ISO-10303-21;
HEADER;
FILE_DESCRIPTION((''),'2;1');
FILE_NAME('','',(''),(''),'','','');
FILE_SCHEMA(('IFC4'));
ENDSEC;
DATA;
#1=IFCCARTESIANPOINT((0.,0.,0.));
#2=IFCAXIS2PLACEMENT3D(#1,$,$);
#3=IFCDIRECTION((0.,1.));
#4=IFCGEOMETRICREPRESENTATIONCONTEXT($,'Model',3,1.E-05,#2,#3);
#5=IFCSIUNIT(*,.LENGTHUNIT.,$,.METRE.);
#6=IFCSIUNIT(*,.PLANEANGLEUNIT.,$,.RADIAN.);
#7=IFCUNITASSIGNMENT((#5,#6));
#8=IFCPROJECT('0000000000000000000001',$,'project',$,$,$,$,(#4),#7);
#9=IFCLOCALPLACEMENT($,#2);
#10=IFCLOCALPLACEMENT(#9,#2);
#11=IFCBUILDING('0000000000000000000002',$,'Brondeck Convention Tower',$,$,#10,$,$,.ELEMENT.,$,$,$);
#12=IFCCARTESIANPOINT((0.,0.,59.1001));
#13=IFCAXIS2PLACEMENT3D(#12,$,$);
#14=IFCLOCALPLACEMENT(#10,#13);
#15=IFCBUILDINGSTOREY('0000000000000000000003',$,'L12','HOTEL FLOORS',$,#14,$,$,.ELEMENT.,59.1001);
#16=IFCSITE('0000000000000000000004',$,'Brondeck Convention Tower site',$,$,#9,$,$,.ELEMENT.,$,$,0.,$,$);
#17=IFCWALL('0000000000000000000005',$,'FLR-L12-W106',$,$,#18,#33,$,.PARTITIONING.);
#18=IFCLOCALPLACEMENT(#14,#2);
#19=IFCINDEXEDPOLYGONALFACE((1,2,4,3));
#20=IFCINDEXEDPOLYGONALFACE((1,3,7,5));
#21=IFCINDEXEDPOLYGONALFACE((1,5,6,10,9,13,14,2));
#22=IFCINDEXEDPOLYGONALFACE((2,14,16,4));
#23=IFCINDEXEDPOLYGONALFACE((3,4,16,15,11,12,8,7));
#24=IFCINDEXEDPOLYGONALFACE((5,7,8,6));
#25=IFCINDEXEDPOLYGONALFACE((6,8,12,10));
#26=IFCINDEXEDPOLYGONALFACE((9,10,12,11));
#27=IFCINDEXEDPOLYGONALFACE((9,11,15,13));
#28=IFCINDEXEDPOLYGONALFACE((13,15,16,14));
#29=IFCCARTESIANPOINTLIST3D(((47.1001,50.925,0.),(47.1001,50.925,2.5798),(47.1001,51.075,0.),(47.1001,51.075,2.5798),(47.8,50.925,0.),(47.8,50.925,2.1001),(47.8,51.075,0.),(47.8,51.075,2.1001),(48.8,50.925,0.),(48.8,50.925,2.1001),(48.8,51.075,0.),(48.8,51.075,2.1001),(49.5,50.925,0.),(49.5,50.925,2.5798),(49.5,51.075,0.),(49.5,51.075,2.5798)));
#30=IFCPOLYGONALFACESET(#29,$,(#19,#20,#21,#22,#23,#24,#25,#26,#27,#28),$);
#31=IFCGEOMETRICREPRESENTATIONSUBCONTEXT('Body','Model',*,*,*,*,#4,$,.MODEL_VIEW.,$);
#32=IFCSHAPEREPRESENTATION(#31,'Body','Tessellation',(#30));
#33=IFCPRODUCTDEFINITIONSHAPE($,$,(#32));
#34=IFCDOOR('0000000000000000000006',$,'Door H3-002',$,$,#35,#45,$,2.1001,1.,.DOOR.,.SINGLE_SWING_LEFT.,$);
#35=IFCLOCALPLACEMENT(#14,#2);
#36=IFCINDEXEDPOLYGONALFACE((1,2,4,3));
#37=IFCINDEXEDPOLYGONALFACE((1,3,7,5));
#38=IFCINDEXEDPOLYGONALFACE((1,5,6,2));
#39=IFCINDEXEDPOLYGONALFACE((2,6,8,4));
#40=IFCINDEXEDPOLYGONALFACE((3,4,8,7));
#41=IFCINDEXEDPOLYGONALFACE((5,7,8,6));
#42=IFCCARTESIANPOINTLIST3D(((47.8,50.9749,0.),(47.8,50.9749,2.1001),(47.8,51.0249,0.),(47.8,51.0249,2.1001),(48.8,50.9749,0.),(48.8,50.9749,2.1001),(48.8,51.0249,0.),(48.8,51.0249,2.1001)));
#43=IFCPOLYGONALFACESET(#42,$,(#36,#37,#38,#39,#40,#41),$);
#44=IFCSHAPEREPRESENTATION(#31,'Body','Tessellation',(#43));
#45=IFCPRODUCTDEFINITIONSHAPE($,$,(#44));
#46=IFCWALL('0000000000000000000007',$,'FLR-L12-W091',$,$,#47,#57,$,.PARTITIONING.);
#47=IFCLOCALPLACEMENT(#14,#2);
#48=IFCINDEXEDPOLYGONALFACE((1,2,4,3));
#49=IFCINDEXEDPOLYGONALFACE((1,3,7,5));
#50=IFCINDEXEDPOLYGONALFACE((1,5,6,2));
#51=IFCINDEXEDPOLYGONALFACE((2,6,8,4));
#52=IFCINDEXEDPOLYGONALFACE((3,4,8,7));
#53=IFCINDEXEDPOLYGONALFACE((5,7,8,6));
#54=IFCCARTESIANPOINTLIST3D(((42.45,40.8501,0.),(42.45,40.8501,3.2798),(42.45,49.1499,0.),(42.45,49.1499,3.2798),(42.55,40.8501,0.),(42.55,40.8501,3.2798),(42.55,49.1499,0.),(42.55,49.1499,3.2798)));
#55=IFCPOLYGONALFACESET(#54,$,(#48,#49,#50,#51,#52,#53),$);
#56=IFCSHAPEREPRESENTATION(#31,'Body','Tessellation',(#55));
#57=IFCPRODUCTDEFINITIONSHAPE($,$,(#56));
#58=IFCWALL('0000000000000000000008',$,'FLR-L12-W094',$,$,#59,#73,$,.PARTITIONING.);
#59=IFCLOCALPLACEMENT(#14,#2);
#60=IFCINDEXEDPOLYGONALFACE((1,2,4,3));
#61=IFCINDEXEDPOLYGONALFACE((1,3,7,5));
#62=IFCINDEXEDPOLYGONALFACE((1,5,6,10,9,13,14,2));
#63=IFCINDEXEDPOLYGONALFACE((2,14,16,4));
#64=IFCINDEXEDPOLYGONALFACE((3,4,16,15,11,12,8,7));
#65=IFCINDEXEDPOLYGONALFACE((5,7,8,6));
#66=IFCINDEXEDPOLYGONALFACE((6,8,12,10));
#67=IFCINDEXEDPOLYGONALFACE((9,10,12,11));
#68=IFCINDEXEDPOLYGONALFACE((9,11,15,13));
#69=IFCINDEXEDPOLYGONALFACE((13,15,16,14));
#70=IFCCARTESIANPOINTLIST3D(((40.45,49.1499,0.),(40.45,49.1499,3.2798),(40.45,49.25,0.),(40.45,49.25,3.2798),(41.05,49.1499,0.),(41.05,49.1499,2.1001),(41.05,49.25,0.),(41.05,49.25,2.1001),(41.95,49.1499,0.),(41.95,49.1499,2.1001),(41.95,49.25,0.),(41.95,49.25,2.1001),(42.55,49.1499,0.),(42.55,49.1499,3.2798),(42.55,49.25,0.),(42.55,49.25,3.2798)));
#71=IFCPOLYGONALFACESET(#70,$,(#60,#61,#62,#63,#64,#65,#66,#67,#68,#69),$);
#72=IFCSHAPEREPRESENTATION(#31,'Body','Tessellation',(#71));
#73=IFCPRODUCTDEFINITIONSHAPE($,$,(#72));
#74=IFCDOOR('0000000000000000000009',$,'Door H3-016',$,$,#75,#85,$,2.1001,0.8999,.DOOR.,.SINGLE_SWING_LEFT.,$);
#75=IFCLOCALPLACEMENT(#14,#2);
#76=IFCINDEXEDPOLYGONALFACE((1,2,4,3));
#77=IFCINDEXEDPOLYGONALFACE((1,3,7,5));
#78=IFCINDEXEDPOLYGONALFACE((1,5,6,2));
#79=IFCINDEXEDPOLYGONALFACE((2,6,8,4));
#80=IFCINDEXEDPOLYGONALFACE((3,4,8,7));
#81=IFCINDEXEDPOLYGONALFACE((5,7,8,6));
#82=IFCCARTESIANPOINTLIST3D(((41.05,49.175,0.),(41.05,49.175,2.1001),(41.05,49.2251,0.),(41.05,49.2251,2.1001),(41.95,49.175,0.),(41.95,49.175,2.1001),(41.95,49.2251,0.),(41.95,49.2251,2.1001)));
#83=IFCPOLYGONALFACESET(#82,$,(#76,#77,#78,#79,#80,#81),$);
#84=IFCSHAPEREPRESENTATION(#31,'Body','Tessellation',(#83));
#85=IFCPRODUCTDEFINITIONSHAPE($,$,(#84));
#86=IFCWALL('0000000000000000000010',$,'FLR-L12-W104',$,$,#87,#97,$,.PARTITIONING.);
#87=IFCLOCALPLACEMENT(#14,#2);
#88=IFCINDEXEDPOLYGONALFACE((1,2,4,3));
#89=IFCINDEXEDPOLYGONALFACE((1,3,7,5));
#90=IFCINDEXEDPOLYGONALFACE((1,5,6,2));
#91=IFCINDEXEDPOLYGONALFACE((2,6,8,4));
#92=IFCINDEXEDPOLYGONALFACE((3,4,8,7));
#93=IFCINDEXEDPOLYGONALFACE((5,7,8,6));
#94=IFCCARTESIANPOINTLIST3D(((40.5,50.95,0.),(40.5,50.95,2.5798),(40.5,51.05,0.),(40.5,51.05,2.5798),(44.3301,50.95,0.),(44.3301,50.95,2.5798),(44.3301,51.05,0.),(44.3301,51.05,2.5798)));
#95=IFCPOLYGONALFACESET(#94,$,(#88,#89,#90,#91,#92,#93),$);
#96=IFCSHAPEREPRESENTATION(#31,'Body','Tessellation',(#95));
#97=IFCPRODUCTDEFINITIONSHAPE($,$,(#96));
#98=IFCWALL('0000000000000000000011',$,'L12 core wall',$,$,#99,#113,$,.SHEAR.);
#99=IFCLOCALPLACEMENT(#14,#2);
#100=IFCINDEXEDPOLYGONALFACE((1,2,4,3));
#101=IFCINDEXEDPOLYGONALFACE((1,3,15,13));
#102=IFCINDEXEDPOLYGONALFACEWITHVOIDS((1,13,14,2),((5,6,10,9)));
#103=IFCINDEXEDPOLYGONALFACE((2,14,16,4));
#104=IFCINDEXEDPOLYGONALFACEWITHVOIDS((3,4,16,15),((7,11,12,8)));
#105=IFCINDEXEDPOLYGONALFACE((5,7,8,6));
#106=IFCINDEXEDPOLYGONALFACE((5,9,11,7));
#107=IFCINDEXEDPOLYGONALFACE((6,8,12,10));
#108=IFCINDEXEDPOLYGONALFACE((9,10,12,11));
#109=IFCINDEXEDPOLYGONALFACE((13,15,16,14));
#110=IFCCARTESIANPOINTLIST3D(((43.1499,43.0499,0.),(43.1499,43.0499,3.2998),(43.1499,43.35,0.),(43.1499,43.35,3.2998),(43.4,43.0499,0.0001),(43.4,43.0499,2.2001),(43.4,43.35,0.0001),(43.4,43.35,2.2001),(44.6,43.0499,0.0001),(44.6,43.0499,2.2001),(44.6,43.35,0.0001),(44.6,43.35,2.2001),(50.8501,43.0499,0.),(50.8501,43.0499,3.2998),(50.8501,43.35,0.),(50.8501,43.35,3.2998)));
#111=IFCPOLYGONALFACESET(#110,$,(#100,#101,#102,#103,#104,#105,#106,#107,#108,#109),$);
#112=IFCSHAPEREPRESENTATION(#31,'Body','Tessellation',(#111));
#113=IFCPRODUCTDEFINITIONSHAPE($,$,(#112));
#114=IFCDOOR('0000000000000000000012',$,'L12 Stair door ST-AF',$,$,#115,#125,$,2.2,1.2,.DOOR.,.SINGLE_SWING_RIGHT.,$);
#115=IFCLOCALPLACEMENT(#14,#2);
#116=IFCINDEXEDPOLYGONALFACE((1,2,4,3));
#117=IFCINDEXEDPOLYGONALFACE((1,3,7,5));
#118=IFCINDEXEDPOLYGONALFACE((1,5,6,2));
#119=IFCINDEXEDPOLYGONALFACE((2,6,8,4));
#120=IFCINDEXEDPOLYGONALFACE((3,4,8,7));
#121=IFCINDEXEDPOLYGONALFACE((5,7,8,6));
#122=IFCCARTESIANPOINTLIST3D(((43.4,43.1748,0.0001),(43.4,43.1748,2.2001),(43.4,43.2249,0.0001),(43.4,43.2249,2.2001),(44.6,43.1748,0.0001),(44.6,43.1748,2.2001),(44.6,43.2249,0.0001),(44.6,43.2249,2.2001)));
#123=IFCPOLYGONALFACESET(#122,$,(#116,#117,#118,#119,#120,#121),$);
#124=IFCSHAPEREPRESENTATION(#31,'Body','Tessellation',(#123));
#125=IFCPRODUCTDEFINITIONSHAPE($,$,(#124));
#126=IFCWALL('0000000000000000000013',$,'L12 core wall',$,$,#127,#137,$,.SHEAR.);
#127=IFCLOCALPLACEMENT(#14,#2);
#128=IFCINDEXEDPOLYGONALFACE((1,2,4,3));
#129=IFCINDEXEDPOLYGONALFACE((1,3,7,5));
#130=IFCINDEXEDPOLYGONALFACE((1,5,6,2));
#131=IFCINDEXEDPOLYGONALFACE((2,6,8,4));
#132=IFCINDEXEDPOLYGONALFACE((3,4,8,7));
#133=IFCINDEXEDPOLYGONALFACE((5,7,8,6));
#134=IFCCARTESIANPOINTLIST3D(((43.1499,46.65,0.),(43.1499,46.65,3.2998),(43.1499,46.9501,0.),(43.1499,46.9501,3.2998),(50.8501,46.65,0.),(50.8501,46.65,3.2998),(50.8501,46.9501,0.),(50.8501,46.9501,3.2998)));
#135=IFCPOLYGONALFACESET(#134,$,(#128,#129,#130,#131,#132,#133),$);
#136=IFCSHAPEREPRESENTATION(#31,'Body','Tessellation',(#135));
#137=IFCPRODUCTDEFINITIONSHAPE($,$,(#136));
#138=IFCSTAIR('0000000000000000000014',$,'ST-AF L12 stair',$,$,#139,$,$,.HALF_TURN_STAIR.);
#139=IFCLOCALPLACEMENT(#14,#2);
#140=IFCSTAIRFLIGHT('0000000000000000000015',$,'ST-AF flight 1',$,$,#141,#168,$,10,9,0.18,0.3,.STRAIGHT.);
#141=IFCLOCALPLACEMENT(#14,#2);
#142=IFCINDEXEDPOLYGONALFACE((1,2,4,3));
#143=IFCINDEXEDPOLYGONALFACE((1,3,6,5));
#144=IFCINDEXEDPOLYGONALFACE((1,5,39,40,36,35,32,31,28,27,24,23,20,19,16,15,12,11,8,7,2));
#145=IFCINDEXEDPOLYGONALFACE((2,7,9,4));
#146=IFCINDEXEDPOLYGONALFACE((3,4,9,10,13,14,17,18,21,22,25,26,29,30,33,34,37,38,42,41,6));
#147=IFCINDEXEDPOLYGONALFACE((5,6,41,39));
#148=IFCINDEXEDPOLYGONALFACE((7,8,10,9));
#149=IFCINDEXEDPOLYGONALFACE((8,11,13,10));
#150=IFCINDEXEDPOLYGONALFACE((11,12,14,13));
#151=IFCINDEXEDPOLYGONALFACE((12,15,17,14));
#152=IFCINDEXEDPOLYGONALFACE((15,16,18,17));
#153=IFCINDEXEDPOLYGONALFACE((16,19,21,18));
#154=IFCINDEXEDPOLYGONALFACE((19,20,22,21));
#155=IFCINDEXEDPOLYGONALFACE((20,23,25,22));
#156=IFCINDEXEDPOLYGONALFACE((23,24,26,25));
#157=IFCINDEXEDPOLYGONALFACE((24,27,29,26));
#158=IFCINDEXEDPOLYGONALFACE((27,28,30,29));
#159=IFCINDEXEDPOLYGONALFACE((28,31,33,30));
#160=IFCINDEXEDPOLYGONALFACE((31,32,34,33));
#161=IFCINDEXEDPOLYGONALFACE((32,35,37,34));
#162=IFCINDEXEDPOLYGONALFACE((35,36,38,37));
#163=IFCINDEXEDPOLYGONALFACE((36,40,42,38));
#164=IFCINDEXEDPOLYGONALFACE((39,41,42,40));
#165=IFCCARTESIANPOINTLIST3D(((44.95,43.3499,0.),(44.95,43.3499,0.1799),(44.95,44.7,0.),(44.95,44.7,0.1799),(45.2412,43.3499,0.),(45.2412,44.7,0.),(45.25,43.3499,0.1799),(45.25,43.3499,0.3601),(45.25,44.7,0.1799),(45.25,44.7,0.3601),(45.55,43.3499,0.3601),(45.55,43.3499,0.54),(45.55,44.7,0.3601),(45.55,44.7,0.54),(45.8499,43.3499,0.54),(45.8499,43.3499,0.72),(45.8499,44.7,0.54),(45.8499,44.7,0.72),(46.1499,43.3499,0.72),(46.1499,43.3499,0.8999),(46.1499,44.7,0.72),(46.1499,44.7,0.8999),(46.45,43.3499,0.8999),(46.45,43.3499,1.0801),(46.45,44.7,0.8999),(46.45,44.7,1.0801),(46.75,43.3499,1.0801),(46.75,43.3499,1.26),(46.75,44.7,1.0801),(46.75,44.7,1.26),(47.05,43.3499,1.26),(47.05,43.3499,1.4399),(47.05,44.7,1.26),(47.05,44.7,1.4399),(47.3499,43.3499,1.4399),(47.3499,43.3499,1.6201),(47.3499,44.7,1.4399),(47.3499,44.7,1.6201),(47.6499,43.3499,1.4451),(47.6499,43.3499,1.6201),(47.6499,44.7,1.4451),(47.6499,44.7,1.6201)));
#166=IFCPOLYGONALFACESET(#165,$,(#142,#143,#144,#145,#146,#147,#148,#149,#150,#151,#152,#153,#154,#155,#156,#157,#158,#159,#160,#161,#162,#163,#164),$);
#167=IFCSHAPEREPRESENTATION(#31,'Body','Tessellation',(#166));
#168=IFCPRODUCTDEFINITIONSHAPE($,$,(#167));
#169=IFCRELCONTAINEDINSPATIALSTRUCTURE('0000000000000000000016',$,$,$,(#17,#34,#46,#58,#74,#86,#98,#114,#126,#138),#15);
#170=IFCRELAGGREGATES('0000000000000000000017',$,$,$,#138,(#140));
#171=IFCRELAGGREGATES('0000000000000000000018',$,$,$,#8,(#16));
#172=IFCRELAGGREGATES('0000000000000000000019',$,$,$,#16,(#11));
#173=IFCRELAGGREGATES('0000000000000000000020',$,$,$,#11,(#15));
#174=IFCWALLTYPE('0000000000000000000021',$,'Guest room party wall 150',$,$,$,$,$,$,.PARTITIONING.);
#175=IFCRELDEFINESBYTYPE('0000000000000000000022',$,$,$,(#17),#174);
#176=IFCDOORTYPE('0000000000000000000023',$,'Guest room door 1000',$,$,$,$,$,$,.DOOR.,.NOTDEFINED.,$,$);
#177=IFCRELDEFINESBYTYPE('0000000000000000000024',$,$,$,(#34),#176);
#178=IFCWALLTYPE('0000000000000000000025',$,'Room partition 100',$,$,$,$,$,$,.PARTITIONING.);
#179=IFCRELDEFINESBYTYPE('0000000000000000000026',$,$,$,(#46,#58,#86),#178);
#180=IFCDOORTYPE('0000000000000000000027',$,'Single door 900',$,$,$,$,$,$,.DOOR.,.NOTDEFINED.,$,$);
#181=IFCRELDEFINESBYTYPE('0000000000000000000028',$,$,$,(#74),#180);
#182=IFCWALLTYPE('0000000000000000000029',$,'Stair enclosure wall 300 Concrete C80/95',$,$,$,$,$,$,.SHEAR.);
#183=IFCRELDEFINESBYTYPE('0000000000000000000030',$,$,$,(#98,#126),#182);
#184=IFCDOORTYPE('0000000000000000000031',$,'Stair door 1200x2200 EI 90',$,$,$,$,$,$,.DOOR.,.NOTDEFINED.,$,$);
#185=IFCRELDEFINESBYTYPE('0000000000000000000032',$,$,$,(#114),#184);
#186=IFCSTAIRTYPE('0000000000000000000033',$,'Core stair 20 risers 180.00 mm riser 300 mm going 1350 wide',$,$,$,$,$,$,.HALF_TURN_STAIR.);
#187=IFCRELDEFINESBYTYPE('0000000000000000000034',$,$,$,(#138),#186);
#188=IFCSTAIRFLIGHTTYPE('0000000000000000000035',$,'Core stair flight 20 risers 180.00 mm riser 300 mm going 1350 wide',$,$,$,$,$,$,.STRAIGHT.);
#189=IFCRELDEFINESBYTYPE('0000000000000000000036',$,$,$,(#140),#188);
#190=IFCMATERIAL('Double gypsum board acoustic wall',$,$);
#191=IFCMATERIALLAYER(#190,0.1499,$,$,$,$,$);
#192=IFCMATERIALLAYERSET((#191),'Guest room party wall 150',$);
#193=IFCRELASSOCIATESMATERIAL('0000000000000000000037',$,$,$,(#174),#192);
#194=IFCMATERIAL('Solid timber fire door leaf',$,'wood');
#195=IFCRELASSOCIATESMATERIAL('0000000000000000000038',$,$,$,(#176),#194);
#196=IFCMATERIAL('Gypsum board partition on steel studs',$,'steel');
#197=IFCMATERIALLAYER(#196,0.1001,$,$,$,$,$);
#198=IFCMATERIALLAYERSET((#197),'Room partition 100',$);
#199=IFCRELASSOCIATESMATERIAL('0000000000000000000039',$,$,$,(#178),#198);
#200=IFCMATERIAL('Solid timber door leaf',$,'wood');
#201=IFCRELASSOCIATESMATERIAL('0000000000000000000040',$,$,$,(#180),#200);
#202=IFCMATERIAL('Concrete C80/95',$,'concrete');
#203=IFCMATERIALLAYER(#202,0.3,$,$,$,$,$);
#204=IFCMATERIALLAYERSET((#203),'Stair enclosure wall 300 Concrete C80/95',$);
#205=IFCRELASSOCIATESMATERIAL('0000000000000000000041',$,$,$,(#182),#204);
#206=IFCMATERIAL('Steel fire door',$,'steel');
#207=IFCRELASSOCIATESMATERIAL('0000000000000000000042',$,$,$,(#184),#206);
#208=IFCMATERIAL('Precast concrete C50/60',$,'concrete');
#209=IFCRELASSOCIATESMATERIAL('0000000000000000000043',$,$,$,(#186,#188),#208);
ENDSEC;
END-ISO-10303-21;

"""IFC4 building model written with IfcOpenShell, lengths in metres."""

from ifc_helpers import new_model, si_unit, direction, frame, frame_2d, origin, place, context, subcontext, project, spatial, polyline, rectangle, outline, extrude, material, layer, layer_set, type_object, element, fill, aggregate, save


model = new_model("IFC4")

# Units and contexts
model_context = context("Model", 3, precision=1e-05, world=origin(), true_north=direction((0.0, 1.0)))
body_context = subcontext(model_context, "Body", "Model", "MODEL_VIEW")
ifc_project = project(units=[si_unit("LENGTHUNIT", "METRE"), si_unit("PLANEANGLEUNIT", "RADIAN")], contexts=[model_context])

# Site, building, storey
site_placement = place(None, origin())
site = spatial("IfcSite", under=ifc_project, at=site_placement, Name="Brondeck Convention Tower site", CompositionType="ELEMENT", RefElevation=0.0)
building_placement = place(site_placement, origin())
building = spatial("IfcBuilding", under=site, at=building_placement, Name="Brondeck Convention Tower", CompositionType="ELEMENT")
storey_placement = place(building_placement, frame((0.0, 0.0, 59.1001)))
storey = spatial("IfcBuildingStorey", under=building, at=storey_placement, Name="L12", Description="HOTEL FLOORS", CompositionType="ELEMENT", Elevation=59.1001)

# Shared definitions
ifc_material_1 = material(Name="Concrete C80/95", Category="concrete")

# Shared definitions
ifc_material_2 = material(Name="Double gypsum board acoustic wall")
ifc_layer_1 = layer(ifc_material_2, 0.1499)
ifc_layer_set_1 = layer_set([ifc_layer_1], Name="Guest room party wall 150")
wall_type_1 = type_object("IfcWallType", Name="Guest room party wall 150", PredefinedType="PARTITIONING", material=ifc_layer_set_1)

# Wall, opening, door
wall_1_placement = place(storey_placement, frame((47.1001, 51.0, 0.0), z_axis=(0.0, 0.0, 1.0), x_axis=(1.0, 0.0, 0.0)))
wall_1 = element("IfcWall", 1, at=wall_1_placement, inside=storey, type_object=wall_type_1, Name="FLR-L12-W106", PredefinedType="PARTITIONING", context=body_context, shape_type="SweptSolid", body=[
    extrude(rectangle(XDim=2.3999, YDim=0.1499, at=frame_2d((1.2, 0.0))), origin(), (0.0, 0.0, 1.0), 2.5798),
])
opening_1_placement = place(wall_1_placement, frame((0.7, 0.0, 0.0)))
opening_1 = element("IfcOpeningElement", 2, at=opening_1_placement, cuts=wall_1, PredefinedType="OPENING", context=body_context, shape_type="SweptSolid", body=[
    extrude(rectangle(XDim=1.0, YDim=2.1001, at=frame_2d((0.5, 1.05))), frame((0.0, 0.085, 0.0), z_axis=(0.0, -1.0, 0.0), x_axis=(1.0, 0.0, 0.0)), (0.0, 0.0, 1.0), 0.1699),
])
ifc_material_3 = material(Name="Solid timber fire door leaf", Category="wood")
door_type_1 = type_object("IfcDoorType", Name="Guest room door 1000", OperationType="NOTDEFINED", PredefinedType="DOOR", material=ifc_material_3)
door_1_placement = place(opening_1_placement, origin())
door_1 = element("IfcDoor", 3, at=door_1_placement, inside=storey, type_object=door_type_1, Name="Door H3-002", OperationType="SINGLE_SWING_LEFT", OverallHeight=2.1001, OverallWidth=1.0, PredefinedType="DOOR", context=body_context, shape_type="SweptSolid", body=[
    extrude(rectangle(XDim=1.0, YDim=2.1001, at=frame_2d((0.5, 1.05))), frame((0.0, 0.0249, 0.0), z_axis=(0.0, -1.0, 0.0), x_axis=(1.0, 0.0, 0.0)), (0.0, 0.0, 1.0), 0.05),
])
fill(opening_1, door_1)

# Wall
ifc_material_4 = material(Name="Gypsum board partition on steel studs", Category="steel")
ifc_layer_2 = layer(ifc_material_4, 0.1001)
ifc_layer_set_2 = layer_set([ifc_layer_2], Name="Room partition 100")
wall_type_2 = type_object("IfcWallType", Name="Room partition 100", PredefinedType="PARTITIONING", material=ifc_layer_set_2)
wall_2_placement = place(storey_placement, frame((42.5, 49.1499, 0.0), z_axis=(0.0, 0.0, 1.0), x_axis=(0.0, -1.0, 0.0)))
element("IfcWall", 4, at=wall_2_placement, inside=storey, type_object=wall_type_2, Name="FLR-L12-W091", PredefinedType="PARTITIONING", context=body_context, shape_type="SweptSolid", body=[
    extrude(rectangle(XDim=8.2998, YDim=0.1001, at=frame_2d((4.1499, 0.0))), origin(), (0.0, 0.0, 1.0), 3.2798),
])

# Wall, opening, door
wall_3_placement = place(storey_placement, frame((42.55, 49.2, 0.0), z_axis=(0.0, 0.0, 1.0), x_axis=(-1.0, 0.0, 0.0)))
wall_3 = element("IfcWall", 5, at=wall_3_placement, inside=storey, type_object=wall_type_2, Name="FLR-L12-W094", PredefinedType="PARTITIONING", context=body_context, shape_type="SweptSolid", body=[
    extrude(rectangle(XDim=2.1001, YDim=0.1001, at=frame_2d((1.05, 0.0))), origin(), (0.0, 0.0, 1.0), 3.2798),
])
opening_2_placement = place(wall_3_placement, frame((0.6001, 0.0, 0.0)))
opening_2 = element("IfcOpeningElement", 6, at=opening_2_placement, cuts=wall_3, PredefinedType="OPENING", context=body_context, shape_type="SweptSolid", body=[
    extrude(rectangle(XDim=0.8999, YDim=2.1001, at=frame_2d((0.45, 1.05))), frame((0.0, 0.0601, 0.0), z_axis=(0.0, -1.0, 0.0), x_axis=(1.0, 0.0, 0.0)), (0.0, 0.0, 1.0), 0.1201),
])
ifc_material_5 = material(Name="Solid timber door leaf", Category="wood")
door_type_2 = type_object("IfcDoorType", Name="Single door 900", OperationType="NOTDEFINED", PredefinedType="DOOR", material=ifc_material_5)
door_2_placement = place(opening_2_placement, origin())
door_2 = element("IfcDoor", 7, at=door_2_placement, inside=storey, type_object=door_type_2, Name="Door H3-016", OperationType="SINGLE_SWING_LEFT", OverallHeight=2.1001, OverallWidth=0.8999, PredefinedType="DOOR", context=body_context, shape_type="SweptSolid", body=[
    extrude(rectangle(XDim=0.8999, YDim=2.1001, at=frame_2d((0.45, 1.05))), frame((0.0, 0.0249, 0.0), z_axis=(0.0, -1.0, 0.0), x_axis=(1.0, 0.0, 0.0)), (0.0, 0.0, 1.0), 0.05),
])
fill(opening_2, door_2)

# Wall
wall_4_placement = place(storey_placement, frame((44.3301, 51.0, 0.0), z_axis=(0.0, 0.0, 1.0), x_axis=(-1.0, 0.0, 0.0)))
element("IfcWall", 8, at=wall_4_placement, inside=storey, type_object=wall_type_2, Name="FLR-L12-W104", PredefinedType="PARTITIONING", context=body_context, shape_type="SweptSolid", body=[
    extrude(rectangle(XDim=3.8301, YDim=0.1001, at=frame_2d((1.915, 0.0))), origin(), (0.0, 0.0, 1.0), 2.5798),
])

# Wall, opening, door
ifc_layer_3 = layer(ifc_material_1, 0.3)
ifc_layer_set_3 = layer_set([ifc_layer_3], Name="Stair enclosure wall 300 Concrete C80/95")
wall_type_3 = type_object("IfcWallType", Name="Stair enclosure wall 300 Concrete C80/95", PredefinedType="SHEAR", material=ifc_layer_set_3)
wall_5_placement = place(storey_placement, frame((43.1499, 43.2, 0.0), z_axis=(0.0, 0.0, 1.0), x_axis=(1.0, 0.0, 0.0)))
wall_5 = element("IfcWall", 9, at=wall_5_placement, inside=storey, type_object=wall_type_3, Name="L12 core wall", PredefinedType="SHEAR", context=body_context, shape_type="SweptSolid", body=[
    extrude(rectangle(XDim=7.7002, YDim=0.3, at=frame_2d((3.8501, 0.0))), origin(), (0.0, 0.0, 1.0), 3.2998),
])
opening_3_placement = place(wall_5_placement, frame((0.25, 0.0, 0.0)))
opening_3 = element("IfcOpeningElement", 10, at=opening_3_placement, cuts=wall_5, PredefinedType="OPENING", context=body_context, shape_type="SweptSolid", body=[
    extrude(rectangle(XDim=1.2, YDim=2.2, at=frame_2d((0.6001, 1.1001))), frame((0.0, 0.1599, 0.0), z_axis=(0.0, -1.0, 0.0), x_axis=(1.0, 0.0, 0.0)), (0.0, 0.0, 1.0), 0.3201),
])
ifc_material_6 = material(Name="Steel fire door", Category="steel")
door_type_3 = type_object("IfcDoorType", Name="Stair door 1200x2200 EI 90", OperationType="NOTDEFINED", PredefinedType="DOOR", material=ifc_material_6)
door_3_placement = place(opening_3_placement, origin())
door_3 = element("IfcDoor", 11, at=door_3_placement, inside=storey, type_object=door_type_3, Name="L12 Stair door ST-AF", OperationType="SINGLE_SWING_RIGHT", OverallHeight=2.2, OverallWidth=1.2, PredefinedType="DOOR", context=body_context, shape_type="SweptSolid", body=[
    extrude(rectangle(XDim=1.2, YDim=2.2, at=frame_2d((0.6001, 1.1001))), frame((0.0, 0.0249, 0.0), z_axis=(0.0, -1.0, 0.0), x_axis=(1.0, 0.0, 0.0)), (0.0, 0.0, 1.0), 0.05),
])
fill(opening_3, door_3)

# Wall
wall_6_placement = place(storey_placement, frame((43.1499, 46.8, 0.0), z_axis=(0.0, 0.0, 1.0), x_axis=(1.0, 0.0, 0.0)))
element("IfcWall", 12, at=wall_6_placement, inside=storey, type_object=wall_type_3, Name="L12 core wall", PredefinedType="SHEAR", context=body_context, shape_type="SweptSolid", body=[
    extrude(rectangle(XDim=7.7002, YDim=0.3, at=frame_2d((3.8501, 0.0))), origin(), (0.0, 0.0, 1.0), 3.2998),
])

# Stair, stair flight
ifc_material_7 = material(Name="Precast concrete C50/60", Category="concrete")
stair_type = type_object("IfcStairType", Name="Core stair 20 risers 180.00 mm riser 300 mm going 1350 wide", PredefinedType="HALF_TURN_STAIR", material=ifc_material_7)
stair_placement = place(storey_placement, origin())
stair = element("IfcStair", 13, at=stair_placement, inside=storey, type_object=stair_type, Name="ST-AF L12 stair", PredefinedType="HALF_TURN_STAIR")
stair_flight_type = type_object("IfcStairFlightType", Name="Core stair flight 20 risers 180.00 mm riser 300 mm going 1350 wide", PredefinedType="STRAIGHT", material=ifc_material_7)
stair_flight_placement = place(storey_placement, frame((44.95, 44.0249, 0.0), z_axis=(0.0, 0.0, 1.0), x_axis=(1.0, 0.0, 0.0)))
stair_flight = element("IfcStairFlight", 14, at=stair_flight_placement, type_object=stair_flight_type, Name="ST-AF flight 1", NumberOfRisers=10, NumberOfTreads=9, PredefinedType="STRAIGHT", RiserHeight=0.18, TreadLength=0.3, context=body_context, shape_type="SweptSolid", body=[
    extrude(outline(polyline([(0.0, 0.0), (0.0, 0.1799), (0.3, 0.1799), (0.3, 0.3601), (0.6001, 0.3601), (0.6001, 0.54), (0.8999, 0.54), (0.8999, 0.72), (1.2, 0.72), (1.2, 0.8999), (1.5, 0.8999), (1.5, 1.0801), (1.8, 1.0801), (1.8, 1.26), (2.1001, 1.26), (2.1001, 1.4399), (2.3999, 1.4399), (2.3999, 1.6201), (2.7, 1.6201), (2.7, 1.8), (2.7, 1.4451), (0.2913, 0.0), (0.0, 0.0)])), frame((0.0, 0.675, 0.0), z_axis=(0.0, -1.0, 0.0), x_axis=(1.0, 0.0, 0.0)), (0.0, 0.0, 1.0), 1.3501),
])
aggregate(stair, [stair_flight])

save(model, "model.ifc")
